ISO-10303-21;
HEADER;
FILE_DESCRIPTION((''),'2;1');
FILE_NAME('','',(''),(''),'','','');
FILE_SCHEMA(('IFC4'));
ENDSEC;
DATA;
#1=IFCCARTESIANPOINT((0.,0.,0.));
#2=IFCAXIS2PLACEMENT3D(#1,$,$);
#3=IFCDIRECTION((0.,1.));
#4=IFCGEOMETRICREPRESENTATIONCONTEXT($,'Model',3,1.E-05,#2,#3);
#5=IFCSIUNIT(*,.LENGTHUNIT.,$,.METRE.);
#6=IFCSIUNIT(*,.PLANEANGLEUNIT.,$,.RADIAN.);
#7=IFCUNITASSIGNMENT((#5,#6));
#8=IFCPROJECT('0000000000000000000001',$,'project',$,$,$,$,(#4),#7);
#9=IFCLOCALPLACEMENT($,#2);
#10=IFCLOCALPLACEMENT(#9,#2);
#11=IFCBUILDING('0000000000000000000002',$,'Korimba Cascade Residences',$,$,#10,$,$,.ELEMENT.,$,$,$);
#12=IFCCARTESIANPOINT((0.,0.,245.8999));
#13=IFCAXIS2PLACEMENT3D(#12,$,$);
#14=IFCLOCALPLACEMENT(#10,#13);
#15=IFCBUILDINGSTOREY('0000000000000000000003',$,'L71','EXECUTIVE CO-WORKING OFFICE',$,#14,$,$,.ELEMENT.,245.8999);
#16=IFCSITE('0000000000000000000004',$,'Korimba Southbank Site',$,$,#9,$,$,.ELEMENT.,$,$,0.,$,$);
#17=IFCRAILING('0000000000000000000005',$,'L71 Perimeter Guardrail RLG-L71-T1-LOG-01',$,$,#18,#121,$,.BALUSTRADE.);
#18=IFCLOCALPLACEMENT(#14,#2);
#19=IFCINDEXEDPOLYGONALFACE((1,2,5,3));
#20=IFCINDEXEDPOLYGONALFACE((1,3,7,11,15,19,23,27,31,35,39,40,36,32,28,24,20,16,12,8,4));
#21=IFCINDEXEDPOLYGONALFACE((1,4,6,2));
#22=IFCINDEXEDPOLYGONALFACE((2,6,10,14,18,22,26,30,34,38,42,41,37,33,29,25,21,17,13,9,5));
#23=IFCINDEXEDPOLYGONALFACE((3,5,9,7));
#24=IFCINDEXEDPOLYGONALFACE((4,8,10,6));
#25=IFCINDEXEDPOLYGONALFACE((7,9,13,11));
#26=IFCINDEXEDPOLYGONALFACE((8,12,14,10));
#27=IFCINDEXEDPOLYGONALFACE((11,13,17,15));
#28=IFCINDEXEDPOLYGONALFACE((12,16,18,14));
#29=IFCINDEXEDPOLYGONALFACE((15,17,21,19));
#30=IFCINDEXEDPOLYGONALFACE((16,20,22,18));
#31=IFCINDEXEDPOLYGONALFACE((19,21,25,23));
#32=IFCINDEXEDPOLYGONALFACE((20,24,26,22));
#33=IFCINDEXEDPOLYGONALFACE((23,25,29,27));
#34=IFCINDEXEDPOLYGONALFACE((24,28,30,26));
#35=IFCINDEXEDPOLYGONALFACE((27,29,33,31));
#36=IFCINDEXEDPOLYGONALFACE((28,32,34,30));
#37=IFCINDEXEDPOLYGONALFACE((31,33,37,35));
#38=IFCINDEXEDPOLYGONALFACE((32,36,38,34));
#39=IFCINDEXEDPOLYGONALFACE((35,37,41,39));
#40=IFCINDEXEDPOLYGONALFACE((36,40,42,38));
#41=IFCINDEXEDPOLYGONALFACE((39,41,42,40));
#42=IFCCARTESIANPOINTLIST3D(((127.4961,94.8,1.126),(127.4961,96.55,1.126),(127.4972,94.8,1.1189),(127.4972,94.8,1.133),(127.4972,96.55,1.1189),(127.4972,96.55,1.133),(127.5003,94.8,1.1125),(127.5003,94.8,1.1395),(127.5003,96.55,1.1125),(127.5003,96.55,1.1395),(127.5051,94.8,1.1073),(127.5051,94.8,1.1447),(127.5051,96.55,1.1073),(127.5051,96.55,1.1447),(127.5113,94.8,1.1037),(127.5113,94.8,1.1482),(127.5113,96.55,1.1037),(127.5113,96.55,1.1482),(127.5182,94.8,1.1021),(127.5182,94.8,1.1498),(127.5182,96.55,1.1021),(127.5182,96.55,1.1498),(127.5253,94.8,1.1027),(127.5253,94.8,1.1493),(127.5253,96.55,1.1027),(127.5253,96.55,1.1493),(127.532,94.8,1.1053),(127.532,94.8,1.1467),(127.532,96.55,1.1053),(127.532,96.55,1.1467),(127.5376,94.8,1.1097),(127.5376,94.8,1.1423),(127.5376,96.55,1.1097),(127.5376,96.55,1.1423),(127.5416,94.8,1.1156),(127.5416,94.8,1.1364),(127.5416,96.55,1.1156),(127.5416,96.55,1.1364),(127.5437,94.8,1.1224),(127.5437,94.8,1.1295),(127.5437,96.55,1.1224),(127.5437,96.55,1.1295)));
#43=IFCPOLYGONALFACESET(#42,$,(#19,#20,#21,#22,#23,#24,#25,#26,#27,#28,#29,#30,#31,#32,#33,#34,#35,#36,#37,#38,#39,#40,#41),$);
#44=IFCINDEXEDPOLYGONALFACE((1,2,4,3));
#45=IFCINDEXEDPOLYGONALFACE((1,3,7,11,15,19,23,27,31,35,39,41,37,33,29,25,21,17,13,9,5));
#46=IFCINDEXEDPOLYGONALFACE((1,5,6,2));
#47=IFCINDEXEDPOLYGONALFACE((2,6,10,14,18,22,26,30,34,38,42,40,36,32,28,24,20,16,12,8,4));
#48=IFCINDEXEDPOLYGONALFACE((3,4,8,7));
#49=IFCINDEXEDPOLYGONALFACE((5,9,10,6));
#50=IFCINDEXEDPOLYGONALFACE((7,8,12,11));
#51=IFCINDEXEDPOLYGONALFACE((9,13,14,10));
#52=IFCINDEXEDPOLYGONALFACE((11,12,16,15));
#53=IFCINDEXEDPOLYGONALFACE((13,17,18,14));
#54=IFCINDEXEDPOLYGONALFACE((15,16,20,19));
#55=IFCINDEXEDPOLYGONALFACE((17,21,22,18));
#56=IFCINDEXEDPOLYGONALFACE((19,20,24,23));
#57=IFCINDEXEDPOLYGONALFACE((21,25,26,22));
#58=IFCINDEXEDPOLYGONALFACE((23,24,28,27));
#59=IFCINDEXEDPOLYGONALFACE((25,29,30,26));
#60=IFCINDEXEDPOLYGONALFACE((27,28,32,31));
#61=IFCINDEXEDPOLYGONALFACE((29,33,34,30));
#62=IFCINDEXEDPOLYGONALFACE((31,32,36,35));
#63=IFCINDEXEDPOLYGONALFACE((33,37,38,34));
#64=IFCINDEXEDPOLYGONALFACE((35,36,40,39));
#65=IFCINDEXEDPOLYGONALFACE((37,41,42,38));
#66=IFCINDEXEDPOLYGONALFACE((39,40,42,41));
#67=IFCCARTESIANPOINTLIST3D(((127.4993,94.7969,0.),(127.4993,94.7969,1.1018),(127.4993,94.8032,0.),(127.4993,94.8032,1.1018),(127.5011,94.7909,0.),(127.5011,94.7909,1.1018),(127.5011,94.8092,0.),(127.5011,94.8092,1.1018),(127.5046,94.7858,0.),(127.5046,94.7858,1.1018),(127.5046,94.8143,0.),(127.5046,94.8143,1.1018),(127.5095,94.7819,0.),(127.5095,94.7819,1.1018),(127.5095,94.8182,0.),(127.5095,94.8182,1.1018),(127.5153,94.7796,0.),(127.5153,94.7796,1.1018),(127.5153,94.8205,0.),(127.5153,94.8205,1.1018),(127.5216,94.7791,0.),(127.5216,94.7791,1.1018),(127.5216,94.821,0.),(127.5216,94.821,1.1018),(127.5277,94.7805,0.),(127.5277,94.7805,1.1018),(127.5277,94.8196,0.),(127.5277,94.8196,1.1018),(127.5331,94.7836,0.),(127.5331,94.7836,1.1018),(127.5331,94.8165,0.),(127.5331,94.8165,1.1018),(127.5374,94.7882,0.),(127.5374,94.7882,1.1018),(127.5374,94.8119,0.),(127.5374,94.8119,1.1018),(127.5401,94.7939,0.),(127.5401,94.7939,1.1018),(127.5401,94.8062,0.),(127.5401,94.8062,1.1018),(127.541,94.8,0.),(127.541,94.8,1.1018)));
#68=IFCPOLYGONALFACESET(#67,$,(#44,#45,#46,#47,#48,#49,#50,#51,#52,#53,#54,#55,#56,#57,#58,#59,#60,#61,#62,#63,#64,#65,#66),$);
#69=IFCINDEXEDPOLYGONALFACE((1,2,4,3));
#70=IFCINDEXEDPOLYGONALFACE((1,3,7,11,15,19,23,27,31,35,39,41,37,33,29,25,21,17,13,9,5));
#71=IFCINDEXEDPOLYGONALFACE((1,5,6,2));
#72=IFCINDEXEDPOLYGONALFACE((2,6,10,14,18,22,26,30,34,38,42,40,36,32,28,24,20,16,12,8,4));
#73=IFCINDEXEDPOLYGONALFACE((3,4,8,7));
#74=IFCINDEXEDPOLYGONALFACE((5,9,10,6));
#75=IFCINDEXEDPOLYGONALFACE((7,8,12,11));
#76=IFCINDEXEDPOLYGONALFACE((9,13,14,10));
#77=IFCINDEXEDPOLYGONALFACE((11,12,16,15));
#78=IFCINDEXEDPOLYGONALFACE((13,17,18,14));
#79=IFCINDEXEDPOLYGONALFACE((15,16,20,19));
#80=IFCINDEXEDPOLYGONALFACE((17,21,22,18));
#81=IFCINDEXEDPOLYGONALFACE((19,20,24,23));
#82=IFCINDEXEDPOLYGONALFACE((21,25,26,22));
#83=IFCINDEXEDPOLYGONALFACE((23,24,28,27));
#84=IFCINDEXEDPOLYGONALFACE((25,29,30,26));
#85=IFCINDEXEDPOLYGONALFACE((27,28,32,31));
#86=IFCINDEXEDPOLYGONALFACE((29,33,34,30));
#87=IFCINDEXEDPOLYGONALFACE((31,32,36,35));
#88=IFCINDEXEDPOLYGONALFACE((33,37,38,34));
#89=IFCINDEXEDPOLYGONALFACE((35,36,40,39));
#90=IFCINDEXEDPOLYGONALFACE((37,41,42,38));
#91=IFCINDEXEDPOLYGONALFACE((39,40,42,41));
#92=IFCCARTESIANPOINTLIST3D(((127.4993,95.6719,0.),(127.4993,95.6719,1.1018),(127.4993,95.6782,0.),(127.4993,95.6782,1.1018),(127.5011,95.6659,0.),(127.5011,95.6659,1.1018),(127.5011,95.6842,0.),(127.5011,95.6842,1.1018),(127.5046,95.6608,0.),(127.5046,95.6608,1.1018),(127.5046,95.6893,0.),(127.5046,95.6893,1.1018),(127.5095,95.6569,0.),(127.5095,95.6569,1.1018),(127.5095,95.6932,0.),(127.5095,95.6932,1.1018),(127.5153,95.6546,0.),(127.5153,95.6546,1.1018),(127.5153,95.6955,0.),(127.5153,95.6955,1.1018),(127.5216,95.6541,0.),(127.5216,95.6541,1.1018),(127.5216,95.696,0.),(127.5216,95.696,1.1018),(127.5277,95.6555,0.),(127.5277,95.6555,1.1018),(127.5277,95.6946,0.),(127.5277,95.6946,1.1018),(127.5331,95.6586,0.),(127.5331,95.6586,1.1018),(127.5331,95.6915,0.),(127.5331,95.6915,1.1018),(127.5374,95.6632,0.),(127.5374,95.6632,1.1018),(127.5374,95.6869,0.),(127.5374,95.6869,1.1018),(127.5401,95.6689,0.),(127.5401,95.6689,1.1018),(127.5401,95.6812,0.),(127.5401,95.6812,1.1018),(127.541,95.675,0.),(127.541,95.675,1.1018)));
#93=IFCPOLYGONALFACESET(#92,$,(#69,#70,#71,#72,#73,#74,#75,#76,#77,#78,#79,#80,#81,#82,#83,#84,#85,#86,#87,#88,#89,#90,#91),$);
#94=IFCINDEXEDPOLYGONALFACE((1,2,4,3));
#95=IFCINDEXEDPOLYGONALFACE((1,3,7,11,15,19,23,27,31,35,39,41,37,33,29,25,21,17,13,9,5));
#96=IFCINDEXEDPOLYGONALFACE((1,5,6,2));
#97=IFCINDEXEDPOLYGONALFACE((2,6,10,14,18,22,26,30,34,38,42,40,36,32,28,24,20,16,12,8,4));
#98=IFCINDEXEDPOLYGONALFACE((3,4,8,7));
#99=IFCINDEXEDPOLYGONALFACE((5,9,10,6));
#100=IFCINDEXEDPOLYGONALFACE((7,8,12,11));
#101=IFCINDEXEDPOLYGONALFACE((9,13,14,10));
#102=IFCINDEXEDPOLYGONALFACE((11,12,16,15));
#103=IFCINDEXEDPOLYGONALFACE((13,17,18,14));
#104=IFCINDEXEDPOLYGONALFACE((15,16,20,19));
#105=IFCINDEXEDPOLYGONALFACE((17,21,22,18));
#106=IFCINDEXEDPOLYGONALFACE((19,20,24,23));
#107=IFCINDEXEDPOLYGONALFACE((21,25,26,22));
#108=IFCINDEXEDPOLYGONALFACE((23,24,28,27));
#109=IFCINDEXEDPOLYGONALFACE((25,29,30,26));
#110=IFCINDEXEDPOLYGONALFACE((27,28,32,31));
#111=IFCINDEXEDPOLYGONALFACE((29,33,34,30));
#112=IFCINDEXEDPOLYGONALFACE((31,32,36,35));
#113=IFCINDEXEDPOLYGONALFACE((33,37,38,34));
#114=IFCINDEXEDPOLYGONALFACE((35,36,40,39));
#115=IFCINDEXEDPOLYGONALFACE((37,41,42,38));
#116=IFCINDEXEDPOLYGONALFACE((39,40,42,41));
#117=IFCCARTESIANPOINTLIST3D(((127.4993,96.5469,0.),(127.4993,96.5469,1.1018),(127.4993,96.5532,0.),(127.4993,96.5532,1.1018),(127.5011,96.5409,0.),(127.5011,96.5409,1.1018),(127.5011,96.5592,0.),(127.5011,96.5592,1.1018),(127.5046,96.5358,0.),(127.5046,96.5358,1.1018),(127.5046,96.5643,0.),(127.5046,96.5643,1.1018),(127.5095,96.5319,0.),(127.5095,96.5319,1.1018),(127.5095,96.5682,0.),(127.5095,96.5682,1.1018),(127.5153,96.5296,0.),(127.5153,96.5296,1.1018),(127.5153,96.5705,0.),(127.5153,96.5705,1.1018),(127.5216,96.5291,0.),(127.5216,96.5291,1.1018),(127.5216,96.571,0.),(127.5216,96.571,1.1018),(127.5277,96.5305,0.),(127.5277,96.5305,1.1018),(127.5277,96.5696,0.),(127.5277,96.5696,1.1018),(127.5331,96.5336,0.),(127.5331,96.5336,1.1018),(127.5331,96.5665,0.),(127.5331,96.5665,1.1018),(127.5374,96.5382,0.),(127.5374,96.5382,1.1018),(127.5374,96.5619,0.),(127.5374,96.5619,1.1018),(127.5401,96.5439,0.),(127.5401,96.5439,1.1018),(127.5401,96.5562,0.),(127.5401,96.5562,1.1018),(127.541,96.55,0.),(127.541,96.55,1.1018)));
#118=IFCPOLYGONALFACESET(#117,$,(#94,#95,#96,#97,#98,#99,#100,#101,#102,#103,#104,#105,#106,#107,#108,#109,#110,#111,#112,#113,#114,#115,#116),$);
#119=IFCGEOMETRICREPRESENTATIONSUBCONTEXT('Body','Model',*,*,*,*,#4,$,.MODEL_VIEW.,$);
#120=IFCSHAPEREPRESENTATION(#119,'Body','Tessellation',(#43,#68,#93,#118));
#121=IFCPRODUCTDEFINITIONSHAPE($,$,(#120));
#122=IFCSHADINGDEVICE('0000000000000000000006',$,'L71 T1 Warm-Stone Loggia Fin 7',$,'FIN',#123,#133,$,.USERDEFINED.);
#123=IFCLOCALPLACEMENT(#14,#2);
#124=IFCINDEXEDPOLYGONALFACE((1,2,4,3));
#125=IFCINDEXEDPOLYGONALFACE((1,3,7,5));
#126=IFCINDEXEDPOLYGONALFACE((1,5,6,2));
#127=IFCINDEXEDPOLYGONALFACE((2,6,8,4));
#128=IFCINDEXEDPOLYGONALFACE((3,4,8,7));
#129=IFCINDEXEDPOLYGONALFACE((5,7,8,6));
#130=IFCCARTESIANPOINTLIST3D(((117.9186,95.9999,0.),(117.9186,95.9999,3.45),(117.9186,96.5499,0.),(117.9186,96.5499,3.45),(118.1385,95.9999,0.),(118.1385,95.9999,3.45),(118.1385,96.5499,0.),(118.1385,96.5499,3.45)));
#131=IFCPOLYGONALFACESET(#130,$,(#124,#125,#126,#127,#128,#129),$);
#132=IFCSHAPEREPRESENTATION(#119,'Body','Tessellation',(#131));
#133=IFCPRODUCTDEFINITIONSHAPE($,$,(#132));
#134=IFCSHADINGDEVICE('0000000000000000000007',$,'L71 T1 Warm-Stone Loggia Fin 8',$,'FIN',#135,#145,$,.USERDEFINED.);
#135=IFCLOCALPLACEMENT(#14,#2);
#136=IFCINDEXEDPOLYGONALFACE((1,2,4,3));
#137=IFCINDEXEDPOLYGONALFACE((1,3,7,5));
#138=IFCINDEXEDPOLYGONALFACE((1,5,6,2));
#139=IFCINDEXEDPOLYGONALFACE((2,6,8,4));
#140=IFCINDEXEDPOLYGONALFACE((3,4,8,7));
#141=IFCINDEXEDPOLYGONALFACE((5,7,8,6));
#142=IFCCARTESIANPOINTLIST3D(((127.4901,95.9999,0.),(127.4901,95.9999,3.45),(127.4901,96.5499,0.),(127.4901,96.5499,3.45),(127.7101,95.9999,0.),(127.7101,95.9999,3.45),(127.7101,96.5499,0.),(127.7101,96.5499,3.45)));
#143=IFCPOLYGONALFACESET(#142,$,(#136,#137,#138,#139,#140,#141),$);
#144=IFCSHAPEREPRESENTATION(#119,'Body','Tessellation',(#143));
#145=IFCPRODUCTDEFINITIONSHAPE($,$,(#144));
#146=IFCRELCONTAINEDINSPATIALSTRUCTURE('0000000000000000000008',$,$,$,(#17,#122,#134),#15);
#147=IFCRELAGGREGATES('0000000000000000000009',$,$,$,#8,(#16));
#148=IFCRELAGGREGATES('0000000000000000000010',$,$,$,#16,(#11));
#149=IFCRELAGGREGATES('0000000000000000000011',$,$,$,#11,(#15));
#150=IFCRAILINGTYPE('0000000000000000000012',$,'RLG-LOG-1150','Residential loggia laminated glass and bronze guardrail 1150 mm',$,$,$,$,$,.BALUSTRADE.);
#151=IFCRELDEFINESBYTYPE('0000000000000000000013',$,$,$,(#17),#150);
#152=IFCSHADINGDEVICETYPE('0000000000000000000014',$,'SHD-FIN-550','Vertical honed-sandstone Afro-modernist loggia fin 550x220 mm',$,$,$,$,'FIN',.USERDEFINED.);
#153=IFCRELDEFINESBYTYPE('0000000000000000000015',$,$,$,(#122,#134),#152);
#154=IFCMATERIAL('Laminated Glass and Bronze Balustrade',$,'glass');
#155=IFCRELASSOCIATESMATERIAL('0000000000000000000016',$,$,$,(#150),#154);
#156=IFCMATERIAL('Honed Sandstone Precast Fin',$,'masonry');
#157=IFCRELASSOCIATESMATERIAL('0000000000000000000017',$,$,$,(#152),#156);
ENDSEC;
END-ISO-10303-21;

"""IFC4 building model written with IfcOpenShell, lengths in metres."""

from ifc_helpers import new_model, si_unit, direction, frame, origin, origin_2d, place, context, subcontext, project, spatial, rectangle, circle, extrude, material, type_object, element, save


model = new_model("IFC4")

# Units and contexts
model_context = context("Model", 3, precision=1e-05, world=origin(), true_north=direction((0.0, 1.0)))
body_context = subcontext(model_context, "Body", "Model", "MODEL_VIEW")
ifc_project = project(units=[si_unit("LENGTHUNIT", "METRE"), si_unit("PLANEANGLEUNIT", "RADIAN")], contexts=[model_context])

# Site, building, storey
site_placement = place(None, origin())
site = spatial("IfcSite", under=ifc_project, at=site_placement, Name="Korimba Southbank Site", CompositionType="ELEMENT", RefElevation=0.0)
building_placement = place(site_placement, origin())
building = spatial("IfcBuilding", under=site, at=building_placement, Name="Korimba Cascade Residences", CompositionType="ELEMENT")
storey_placement = place(building_placement, frame((0.0, 0.0, 245.8999)))
storey = spatial("IfcBuildingStorey", under=building, at=storey_placement, Name="L71", Description="EXECUTIVE CO-WORKING OFFICE", CompositionType="ELEMENT", Elevation=245.8999)

# Railing
ifc_material_1 = material(Name="Laminated Glass and Bronze Balustrade", Category="glass")
railing_type = type_object("IfcRailingType", Name="RLG-LOG-1150", Description="Residential loggia laminated glass and bronze guardrail 1150 mm", PredefinedType="BALUSTRADE", material=ifc_material_1)
railing_placement = place(storey_placement, frame((127.52, 94.8, 0.0)))
element("IfcRailing", 1, at=railing_placement, inside=storey, type_object=railing_type, Name="L71 Perimeter Guardrail RLG-L71-T1-LOG-01", PredefinedType="BALUSTRADE", context=body_context, shape_type="SweptSolid", body=[
    extrude(circle(Radius=0.0239, at=origin_2d()), frame((0.0, 0.0, 1.126), z_axis=(0.0, 1.0, 0.0), x_axis=(-1.0, 0.0, 0.0)), (0.0, 0.0, 1.0), 1.75),
    extrude(circle(Radius=0.021, at=origin_2d()), origin(), (0.0, 0.0, 1.0), 1.1018),
    extrude(circle(Radius=0.021, at=origin_2d()), frame((0.0, 0.875, 0.0)), (0.0, 0.0, 1.0), 1.1018),
    extrude(circle(Radius=0.021, at=origin_2d()), frame((0.0, 1.75, 0.0)), (0.0, 0.0, 1.0), 1.1018),
])

# Shading devices
ifc_material_2 = material(Name="Honed Sandstone Precast Fin", Category="masonry")
shading_device_type = type_object("IfcShadingDeviceType", Name="SHD-FIN-550", Description="Vertical honed-sandstone Afro-modernist loggia fin 550x220 mm", ElementType="FIN", PredefinedType="USERDEFINED", material=ifc_material_2)
for number, where, z_axis, x_axis, name in (
    (2, (118.0286, 96.2749, 0.0), (0.0, 0.0, 1.0), (1.0, 0.0, 0.0), "L71 T1 Warm-Stone Loggia Fin 7"),
    (3, (127.6001, 96.2749, 0.0), (0.0, 0.0, 1.0), (1.0, 0.0, 0.0), "L71 T1 Warm-Stone Loggia Fin 8"),
):
    element("IfcShadingDevice", number, at=place(storey_placement, frame(where, z_axis=z_axis, x_axis=x_axis)), inside=storey, type_object=shading_device_type, Name=name, ObjectType="FIN", PredefinedType="USERDEFINED", context=body_context, shape_type="SweptSolid", body=[
        extrude(rectangle(XDim=0.22, YDim=0.55, at=origin_2d()), origin(), (0.0, 0.0, 1.0), 3.45),
    ])

save(model, "model.ifc")
